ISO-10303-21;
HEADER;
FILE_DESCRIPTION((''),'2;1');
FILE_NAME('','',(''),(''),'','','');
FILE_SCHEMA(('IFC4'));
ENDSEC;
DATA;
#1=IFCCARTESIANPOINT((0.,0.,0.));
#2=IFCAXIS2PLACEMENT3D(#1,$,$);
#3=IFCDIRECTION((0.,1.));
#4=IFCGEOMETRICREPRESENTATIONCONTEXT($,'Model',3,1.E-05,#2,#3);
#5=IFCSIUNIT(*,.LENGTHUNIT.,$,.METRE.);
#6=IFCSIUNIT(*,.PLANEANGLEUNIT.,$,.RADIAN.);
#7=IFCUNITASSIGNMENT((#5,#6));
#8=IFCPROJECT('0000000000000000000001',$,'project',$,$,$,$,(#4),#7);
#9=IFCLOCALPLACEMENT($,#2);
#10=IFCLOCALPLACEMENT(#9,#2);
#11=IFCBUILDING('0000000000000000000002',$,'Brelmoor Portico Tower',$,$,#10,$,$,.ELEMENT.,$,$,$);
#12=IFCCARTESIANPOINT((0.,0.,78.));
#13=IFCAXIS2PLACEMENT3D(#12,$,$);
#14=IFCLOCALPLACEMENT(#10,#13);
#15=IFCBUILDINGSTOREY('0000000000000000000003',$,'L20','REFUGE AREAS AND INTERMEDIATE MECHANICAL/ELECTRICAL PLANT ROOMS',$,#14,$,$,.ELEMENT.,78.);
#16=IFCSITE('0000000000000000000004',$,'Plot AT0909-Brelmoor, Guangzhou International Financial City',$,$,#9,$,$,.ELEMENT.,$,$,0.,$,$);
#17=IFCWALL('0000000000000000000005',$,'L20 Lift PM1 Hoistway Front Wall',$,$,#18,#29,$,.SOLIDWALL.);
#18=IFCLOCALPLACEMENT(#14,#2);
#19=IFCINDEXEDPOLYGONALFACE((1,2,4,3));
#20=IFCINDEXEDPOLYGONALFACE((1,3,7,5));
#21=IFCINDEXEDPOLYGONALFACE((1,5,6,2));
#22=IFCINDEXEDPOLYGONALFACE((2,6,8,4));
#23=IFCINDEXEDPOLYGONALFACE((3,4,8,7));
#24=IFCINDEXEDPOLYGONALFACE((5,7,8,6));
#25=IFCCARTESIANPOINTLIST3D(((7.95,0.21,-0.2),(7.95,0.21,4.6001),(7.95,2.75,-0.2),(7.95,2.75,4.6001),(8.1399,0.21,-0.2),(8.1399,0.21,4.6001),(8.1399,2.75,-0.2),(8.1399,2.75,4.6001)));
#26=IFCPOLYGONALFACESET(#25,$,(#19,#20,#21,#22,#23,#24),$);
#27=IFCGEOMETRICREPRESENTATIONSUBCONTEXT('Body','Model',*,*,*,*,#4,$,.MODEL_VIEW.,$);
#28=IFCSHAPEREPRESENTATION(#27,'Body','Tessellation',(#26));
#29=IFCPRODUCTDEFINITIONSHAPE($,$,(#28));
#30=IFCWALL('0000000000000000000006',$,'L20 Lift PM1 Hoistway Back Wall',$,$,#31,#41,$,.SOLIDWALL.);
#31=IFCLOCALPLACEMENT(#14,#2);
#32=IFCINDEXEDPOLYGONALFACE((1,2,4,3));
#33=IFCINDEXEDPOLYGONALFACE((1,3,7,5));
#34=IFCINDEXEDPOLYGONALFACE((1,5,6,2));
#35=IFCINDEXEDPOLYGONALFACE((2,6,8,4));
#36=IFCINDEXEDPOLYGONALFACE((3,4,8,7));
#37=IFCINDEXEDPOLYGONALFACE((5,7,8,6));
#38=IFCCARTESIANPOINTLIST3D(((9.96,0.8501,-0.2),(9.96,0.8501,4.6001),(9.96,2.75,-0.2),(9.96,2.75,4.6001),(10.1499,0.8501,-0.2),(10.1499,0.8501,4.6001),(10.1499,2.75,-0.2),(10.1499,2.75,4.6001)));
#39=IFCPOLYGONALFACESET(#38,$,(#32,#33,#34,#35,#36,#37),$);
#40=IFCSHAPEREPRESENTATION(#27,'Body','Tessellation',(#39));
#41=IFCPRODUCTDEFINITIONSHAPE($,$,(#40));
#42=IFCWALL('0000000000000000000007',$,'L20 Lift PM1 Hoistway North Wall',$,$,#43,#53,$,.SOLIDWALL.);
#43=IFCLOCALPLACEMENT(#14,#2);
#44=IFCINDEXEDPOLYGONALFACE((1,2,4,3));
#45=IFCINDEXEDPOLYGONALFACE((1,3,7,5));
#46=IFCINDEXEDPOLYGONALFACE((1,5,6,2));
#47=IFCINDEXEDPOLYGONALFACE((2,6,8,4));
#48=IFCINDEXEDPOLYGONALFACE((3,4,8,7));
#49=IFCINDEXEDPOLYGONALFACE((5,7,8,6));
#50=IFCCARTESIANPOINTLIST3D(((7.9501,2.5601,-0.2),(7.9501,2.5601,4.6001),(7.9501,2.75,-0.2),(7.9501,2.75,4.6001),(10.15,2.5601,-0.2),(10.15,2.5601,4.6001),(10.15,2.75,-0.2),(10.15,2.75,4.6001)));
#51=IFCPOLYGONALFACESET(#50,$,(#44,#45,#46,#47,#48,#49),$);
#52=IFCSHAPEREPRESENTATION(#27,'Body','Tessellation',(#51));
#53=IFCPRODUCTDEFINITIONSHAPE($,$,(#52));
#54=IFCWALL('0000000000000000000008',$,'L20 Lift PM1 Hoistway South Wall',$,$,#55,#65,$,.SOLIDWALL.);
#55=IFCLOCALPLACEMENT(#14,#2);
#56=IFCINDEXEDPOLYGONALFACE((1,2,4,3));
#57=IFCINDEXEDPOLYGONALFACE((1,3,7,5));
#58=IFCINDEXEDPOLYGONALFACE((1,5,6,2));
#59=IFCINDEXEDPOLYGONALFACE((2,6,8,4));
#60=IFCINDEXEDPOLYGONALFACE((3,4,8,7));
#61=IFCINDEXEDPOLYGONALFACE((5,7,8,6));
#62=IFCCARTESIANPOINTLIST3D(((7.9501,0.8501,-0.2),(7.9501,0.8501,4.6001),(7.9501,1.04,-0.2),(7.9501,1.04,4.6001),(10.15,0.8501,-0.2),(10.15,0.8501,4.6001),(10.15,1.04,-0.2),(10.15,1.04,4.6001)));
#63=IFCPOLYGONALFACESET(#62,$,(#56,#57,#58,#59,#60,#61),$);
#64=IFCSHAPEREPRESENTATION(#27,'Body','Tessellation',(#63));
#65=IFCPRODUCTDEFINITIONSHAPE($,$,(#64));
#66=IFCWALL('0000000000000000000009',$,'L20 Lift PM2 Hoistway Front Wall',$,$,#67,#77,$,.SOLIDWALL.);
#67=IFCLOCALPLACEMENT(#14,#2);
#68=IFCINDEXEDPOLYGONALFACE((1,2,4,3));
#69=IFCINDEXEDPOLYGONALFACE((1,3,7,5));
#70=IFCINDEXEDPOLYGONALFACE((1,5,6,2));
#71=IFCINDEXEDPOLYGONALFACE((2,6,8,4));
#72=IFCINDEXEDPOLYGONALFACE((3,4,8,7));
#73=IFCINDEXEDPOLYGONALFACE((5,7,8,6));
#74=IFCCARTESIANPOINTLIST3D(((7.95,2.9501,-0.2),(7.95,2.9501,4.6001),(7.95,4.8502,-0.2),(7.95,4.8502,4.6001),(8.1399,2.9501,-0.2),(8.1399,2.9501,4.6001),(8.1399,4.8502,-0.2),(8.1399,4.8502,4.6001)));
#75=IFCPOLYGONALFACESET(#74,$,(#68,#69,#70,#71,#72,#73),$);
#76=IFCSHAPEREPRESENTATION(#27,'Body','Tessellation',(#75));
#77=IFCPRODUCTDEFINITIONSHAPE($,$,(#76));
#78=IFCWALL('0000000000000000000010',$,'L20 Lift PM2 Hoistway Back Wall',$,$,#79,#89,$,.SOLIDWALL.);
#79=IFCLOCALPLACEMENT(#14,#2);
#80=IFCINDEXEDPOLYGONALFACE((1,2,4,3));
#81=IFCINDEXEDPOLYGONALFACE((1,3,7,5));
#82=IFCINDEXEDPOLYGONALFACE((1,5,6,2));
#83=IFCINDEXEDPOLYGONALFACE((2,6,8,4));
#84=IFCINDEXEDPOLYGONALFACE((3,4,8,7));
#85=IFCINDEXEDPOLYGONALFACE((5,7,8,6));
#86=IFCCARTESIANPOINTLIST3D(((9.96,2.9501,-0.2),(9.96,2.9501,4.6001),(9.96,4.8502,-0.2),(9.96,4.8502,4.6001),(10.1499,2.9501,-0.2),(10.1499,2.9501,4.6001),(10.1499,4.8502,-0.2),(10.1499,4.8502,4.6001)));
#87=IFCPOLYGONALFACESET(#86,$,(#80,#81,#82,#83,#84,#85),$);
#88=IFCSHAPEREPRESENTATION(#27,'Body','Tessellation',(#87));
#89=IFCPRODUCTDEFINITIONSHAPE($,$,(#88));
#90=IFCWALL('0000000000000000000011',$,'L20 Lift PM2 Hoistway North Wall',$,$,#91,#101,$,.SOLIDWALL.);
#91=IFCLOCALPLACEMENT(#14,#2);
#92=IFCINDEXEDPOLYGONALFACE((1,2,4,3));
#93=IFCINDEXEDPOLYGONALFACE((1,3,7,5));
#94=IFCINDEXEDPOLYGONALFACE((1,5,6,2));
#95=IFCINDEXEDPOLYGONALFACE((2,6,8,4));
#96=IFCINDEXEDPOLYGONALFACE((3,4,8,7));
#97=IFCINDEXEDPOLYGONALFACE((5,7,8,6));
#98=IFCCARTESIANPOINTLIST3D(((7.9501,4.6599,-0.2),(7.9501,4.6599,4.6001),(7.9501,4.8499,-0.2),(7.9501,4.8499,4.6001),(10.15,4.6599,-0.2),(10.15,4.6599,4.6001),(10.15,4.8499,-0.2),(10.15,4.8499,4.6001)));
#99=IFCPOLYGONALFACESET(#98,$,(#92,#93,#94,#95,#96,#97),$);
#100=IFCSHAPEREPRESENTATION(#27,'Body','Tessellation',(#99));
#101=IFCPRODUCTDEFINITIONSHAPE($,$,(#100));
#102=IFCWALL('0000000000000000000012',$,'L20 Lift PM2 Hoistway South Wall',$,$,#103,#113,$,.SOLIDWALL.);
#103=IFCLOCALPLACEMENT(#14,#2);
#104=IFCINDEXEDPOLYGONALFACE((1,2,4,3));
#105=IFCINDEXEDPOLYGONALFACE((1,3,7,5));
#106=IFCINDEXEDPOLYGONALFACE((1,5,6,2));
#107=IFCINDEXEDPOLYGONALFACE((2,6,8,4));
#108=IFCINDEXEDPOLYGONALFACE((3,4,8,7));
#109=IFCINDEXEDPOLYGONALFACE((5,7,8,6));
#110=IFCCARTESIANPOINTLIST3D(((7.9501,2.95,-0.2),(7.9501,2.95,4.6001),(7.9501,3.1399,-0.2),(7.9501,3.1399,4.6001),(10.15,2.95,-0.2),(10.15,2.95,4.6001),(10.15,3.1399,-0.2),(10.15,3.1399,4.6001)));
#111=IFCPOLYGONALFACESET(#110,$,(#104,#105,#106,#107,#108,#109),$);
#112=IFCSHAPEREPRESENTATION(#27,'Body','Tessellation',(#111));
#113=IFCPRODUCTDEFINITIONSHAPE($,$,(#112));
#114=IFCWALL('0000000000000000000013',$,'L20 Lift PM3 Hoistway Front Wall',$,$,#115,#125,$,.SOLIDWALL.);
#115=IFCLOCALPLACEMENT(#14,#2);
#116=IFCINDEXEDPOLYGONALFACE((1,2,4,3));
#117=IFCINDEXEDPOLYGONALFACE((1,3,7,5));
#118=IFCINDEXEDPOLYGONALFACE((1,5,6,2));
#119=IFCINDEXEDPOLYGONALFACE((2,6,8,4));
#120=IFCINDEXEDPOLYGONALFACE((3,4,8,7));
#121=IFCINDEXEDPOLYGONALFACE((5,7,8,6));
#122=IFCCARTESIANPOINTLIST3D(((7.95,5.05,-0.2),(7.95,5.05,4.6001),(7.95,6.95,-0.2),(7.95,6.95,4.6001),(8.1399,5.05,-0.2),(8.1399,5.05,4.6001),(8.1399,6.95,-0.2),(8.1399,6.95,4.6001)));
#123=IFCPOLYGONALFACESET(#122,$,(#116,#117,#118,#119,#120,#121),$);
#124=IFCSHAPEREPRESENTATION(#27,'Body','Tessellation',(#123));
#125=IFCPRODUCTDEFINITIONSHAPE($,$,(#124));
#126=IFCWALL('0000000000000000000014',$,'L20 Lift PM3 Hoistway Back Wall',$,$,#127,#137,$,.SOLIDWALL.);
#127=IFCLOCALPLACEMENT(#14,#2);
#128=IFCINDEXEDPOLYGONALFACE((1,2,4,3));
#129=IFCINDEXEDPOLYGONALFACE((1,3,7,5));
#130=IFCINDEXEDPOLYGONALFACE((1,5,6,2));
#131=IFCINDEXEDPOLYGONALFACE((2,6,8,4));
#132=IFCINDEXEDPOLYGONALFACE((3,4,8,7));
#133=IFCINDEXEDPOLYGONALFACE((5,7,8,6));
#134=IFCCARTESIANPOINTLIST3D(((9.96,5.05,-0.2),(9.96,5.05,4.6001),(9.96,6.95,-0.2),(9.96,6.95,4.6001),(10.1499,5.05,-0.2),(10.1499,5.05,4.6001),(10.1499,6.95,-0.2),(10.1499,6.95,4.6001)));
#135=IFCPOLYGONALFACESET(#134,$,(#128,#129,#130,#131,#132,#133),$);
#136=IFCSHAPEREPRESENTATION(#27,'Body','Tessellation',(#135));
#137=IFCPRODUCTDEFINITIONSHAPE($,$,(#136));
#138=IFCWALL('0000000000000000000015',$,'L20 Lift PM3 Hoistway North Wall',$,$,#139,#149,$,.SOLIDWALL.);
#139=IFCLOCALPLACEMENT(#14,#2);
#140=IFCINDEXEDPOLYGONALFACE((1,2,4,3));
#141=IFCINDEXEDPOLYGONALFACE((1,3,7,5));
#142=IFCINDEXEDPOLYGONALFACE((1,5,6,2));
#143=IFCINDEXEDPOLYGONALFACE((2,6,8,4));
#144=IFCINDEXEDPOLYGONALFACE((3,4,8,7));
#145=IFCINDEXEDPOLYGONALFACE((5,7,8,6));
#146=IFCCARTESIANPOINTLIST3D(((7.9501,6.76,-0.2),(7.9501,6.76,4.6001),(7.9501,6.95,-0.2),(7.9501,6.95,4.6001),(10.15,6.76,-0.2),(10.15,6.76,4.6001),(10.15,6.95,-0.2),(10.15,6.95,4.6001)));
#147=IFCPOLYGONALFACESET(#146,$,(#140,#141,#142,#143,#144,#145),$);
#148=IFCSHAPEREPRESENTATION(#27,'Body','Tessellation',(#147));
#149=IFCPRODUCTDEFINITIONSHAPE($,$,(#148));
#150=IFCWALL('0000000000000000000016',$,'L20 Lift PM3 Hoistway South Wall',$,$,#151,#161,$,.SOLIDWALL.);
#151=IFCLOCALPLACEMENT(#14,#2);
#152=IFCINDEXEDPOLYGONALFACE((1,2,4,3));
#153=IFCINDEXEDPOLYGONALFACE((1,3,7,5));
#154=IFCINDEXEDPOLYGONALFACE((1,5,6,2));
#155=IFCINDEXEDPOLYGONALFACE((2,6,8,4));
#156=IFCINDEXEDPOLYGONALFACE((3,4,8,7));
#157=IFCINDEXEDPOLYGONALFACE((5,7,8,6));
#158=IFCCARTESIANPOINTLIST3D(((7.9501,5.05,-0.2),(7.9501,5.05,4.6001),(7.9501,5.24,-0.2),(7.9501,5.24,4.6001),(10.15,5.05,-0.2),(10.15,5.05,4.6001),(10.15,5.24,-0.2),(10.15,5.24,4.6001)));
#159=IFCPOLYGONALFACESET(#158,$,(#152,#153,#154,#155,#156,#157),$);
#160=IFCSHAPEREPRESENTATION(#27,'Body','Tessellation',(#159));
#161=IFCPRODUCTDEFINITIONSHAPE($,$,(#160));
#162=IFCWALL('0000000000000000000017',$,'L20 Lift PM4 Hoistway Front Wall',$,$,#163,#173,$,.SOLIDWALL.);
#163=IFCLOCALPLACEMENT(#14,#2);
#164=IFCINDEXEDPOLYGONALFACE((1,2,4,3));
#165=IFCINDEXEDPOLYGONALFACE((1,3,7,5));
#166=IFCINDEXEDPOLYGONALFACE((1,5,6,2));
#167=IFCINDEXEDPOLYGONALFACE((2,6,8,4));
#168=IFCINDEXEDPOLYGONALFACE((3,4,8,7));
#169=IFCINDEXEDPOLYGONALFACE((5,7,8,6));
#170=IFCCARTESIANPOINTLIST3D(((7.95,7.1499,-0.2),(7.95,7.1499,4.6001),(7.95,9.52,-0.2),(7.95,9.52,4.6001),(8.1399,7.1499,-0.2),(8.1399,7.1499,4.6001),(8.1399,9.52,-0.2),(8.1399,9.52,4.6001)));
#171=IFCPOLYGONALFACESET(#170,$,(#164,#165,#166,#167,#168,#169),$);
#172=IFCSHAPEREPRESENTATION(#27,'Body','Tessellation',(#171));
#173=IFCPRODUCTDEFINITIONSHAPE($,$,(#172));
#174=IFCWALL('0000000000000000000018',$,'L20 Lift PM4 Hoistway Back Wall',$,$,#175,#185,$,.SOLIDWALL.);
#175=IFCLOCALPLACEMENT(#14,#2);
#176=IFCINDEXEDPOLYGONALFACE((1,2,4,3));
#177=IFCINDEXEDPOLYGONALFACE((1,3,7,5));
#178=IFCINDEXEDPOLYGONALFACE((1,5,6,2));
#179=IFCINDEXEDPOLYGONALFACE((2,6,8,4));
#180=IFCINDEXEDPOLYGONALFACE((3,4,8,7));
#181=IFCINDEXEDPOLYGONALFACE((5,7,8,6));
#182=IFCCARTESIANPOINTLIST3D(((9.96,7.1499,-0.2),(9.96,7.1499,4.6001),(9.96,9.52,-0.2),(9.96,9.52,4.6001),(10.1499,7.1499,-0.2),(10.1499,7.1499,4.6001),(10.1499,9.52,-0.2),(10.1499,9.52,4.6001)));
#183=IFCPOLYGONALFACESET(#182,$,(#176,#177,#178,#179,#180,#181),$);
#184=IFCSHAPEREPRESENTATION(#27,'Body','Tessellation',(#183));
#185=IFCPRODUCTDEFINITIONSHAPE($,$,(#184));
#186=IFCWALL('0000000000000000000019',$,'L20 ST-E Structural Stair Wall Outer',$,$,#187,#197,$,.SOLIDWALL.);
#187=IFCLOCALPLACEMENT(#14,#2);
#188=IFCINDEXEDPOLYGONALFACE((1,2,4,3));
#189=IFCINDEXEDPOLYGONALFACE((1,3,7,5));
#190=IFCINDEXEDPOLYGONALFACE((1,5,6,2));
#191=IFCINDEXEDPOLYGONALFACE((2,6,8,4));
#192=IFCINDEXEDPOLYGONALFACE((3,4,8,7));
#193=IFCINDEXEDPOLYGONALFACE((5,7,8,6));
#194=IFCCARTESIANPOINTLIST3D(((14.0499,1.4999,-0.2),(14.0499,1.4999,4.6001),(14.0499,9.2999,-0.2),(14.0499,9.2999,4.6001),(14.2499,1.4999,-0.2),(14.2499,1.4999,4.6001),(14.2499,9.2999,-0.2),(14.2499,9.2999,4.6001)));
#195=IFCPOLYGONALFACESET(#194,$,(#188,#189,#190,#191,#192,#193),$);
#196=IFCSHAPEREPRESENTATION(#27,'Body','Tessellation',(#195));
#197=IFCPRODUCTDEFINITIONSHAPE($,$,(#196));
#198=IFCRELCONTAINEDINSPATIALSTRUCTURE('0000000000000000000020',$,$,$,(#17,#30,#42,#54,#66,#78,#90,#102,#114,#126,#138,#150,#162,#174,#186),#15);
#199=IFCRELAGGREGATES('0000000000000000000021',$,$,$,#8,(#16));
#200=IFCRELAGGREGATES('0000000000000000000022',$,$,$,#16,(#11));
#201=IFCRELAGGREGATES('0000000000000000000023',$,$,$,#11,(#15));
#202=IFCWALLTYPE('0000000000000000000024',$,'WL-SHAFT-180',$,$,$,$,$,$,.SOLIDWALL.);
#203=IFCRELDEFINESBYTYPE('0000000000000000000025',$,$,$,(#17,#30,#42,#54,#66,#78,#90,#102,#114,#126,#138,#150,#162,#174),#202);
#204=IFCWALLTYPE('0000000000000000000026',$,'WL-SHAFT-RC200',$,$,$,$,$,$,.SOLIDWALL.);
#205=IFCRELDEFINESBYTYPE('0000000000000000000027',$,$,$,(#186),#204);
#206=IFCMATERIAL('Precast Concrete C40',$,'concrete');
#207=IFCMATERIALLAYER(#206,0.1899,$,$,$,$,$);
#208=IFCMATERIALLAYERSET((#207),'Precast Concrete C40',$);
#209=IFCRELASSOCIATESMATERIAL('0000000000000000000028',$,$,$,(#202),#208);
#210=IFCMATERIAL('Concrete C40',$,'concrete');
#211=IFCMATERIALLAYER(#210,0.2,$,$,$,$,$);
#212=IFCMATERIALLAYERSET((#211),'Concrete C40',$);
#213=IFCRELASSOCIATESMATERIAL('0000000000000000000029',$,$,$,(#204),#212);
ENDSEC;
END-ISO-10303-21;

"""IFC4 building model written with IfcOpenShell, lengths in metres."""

from ifc_helpers import new_model, si_unit, direction, frame, frame_2d, origin, place, context, subcontext, project, spatial, rectangle, extrude, material, layer, layer_set, type_object, element, save


model = new_model("IFC4")

# Units and contexts
model_context = context("Model", 3, precision=1e-05, world=origin(), true_north=direction((0.0, 1.0)))
body_context = subcontext(model_context, "Body", "Model", "MODEL_VIEW")
ifc_project = project(units=[si_unit("LENGTHUNIT", "METRE"), si_unit("PLANEANGLEUNIT", "RADIAN")], contexts=[model_context])

# Site, building, storey
site_placement = place(None, origin())
site = spatial("IfcSite", under=ifc_project, at=site_placement, Name="Plot AT0909-Brelmoor, Guangzhou International Financial City", CompositionType="ELEMENT", RefElevation=0.0)
building_placement = place(site_placement, origin())
building = spatial("IfcBuilding", under=site, at=building_placement, Name="Brelmoor Portico Tower", CompositionType="ELEMENT")
storey_placement = place(building_placement, frame((0.0, 0.0, 78.0)))
storey = spatial("IfcBuildingStorey", under=building, at=storey_placement, Name="L20", Description="REFUGE AREAS AND INTERMEDIATE MECHANICAL/ELECTRICAL PLANT ROOMS", CompositionType="ELEMENT", Elevation=78.0)

# Walls
ifc_material_1 = material(Name="Precast Concrete C40", Category="concrete")
ifc_layer_1 = layer(ifc_material_1, 0.1899)
ifc_layer_set_1 = layer_set([ifc_layer_1], Name="Precast Concrete C40")
wall_type_1 = type_object("IfcWallType", Name="WL-SHAFT-180", PredefinedType="SOLIDWALL", material=ifc_layer_set_1)
wall_1_placement = place(storey_placement, frame((8.0449, 0.21, -0.2), z_axis=(0.0, 0.0, 1.0), x_axis=(0.0, 1.0, 0.0)))
element("IfcWall", 1, at=wall_1_placement, inside=storey, type_object=wall_type_1, Name="L20 Lift PM1 Hoistway Front Wall", PredefinedType="SOLIDWALL", context=body_context, shape_type="SweptSolid", body=[
    extrude(rectangle(XDim=2.54, YDim=0.1899, at=frame_2d((1.27, 0.0))), origin(), (0.0, 0.0, 1.0), 4.8),
])
wall_2_placement = place(storey_placement, frame((10.0549, 0.8501, -0.2), z_axis=(0.0, 0.0, 1.0), x_axis=(0.0, 1.0, 0.0)))
element("IfcWall", 2, at=wall_2_placement, inside=storey, type_object=wall_type_1, Name="L20 Lift PM1 Hoistway Back Wall", PredefinedType="SOLIDWALL", context=body_context, shape_type="SweptSolid", body=[
    extrude(rectangle(XDim=1.8999, YDim=0.1899, at=frame_2d((0.95, 0.0))), origin(), (0.0, 0.0, 1.0), 4.8),
])
for number, where, z_axis, x_axis, name in (
    (3, (7.95, 2.655, -0.2), (0.0, 0.0, 1.0), (1.0, 0.0, 0.0), "L20 Lift PM1 Hoistway North Wall"),
    (4, (7.95, 0.9451, -0.2), (0.0, 0.0, 1.0), (1.0, 0.0, 0.0), "L20 Lift PM1 Hoistway South Wall"),
):
    element("IfcWall", number, at=place(storey_placement, frame(where, z_axis=z_axis, x_axis=x_axis)), inside=storey, type_object=wall_type_1, Name=name, PredefinedType="SOLIDWALL", context=body_context, shape_type="SweptSolid", body=[
        extrude(rectangle(XDim=2.2, YDim=0.1899, at=frame_2d((1.1001, 0.0))), origin(), (0.0, 0.0, 1.0), 4.8),
    ])
for number, where, z_axis, x_axis, name in (
    (5, (8.0449, 2.95, -0.2), (0.0, 0.0, 1.0), (0.0, 1.0, 0.0), "L20 Lift PM2 Hoistway Front Wall"),
    (6, (10.0549, 2.95, -0.2), (0.0, 0.0, 1.0), (0.0, 1.0, 0.0), "L20 Lift PM2 Hoistway Back Wall"),
):
    element("IfcWall", number, at=place(storey_placement, frame(where, z_axis=z_axis, x_axis=x_axis)), inside=storey, type_object=wall_type_1, Name=name, PredefinedType="SOLIDWALL", context=body_context, shape_type="SweptSolid", body=[
        extrude(rectangle(XDim=1.9001, YDim=0.1899, at=frame_2d((0.9502, 0.0))), origin(), (0.0, 0.0, 1.0), 4.8),
    ])
for number, where, z_axis, x_axis, name in (
    (7, (7.95, 4.7549, -0.2), (0.0, 0.0, 1.0), (1.0, 0.0, 0.0), "L20 Lift PM2 Hoistway North Wall"),
    (8, (7.95, 3.0449, -0.2), (0.0, 0.0, 1.0), (1.0, 0.0, 0.0), "L20 Lift PM2 Hoistway South Wall"),
):
    element("IfcWall", number, at=place(storey_placement, frame(where, z_axis=z_axis, x_axis=x_axis)), inside=storey, type_object=wall_type_1, Name=name, PredefinedType="SOLIDWALL", context=body_context, shape_type="SweptSolid", body=[
        extrude(rectangle(XDim=2.2, YDim=0.1899, at=frame_2d((1.1001, 0.0))), origin(), (0.0, 0.0, 1.0), 4.8),
    ])
for number, where, z_axis, x_axis, name in (
    (9, (8.0449, 5.05, -0.2), (0.0, 0.0, 1.0), (0.0, 1.0, 0.0), "L20 Lift PM3 Hoistway Front Wall"),
    (10, (10.0549, 5.05, -0.2), (0.0, 0.0, 1.0), (0.0, 1.0, 0.0), "L20 Lift PM3 Hoistway Back Wall"),
):
    element("IfcWall", number, at=place(storey_placement, frame(where, z_axis=z_axis, x_axis=x_axis)), inside=storey, type_object=wall_type_1, Name=name, PredefinedType="SOLIDWALL", context=body_context, shape_type="SweptSolid", body=[
        extrude(rectangle(XDim=1.8999, YDim=0.1899, at=frame_2d((0.95, 0.0))), origin(), (0.0, 0.0, 1.0), 4.8),
    ])
for number, where, z_axis, x_axis, name in (
    (11, (7.95, 6.855, -0.2), (0.0, 0.0, 1.0), (1.0, 0.0, 0.0), "L20 Lift PM3 Hoistway North Wall"),
    (12, (7.95, 5.145, -0.2), (0.0, 0.0, 1.0), (1.0, 0.0, 0.0), "L20 Lift PM3 Hoistway South Wall"),
):
    element("IfcWall", number, at=place(storey_placement, frame(where, z_axis=z_axis, x_axis=x_axis)), inside=storey, type_object=wall_type_1, Name=name, PredefinedType="SOLIDWALL", context=body_context, shape_type="SweptSolid", body=[
        extrude(rectangle(XDim=2.2, YDim=0.1899, at=frame_2d((1.1001, 0.0))), origin(), (0.0, 0.0, 1.0), 4.8),
    ])
for number, where, z_axis, x_axis, name in (
    (13, (8.0449, 7.1499, -0.2), (0.0, 0.0, 1.0), (0.0, 1.0, 0.0), "L20 Lift PM4 Hoistway Front Wall"),
    (14, (10.0549, 7.1499, -0.2), (0.0, 0.0, 1.0), (0.0, 1.0, 0.0), "L20 Lift PM4 Hoistway Back Wall"),
):
    element("IfcWall", number, at=place(storey_placement, frame(where, z_axis=z_axis, x_axis=x_axis)), inside=storey, type_object=wall_type_1, Name=name, PredefinedType="SOLIDWALL", context=body_context, shape_type="SweptSolid", body=[
        extrude(rectangle(XDim=2.3701, YDim=0.1899, at=frame_2d((1.1851, 0.0))), origin(), (0.0, 0.0, 1.0), 4.8),
    ])
ifc_material_2 = material(Name="Concrete C40", Category="concrete")
ifc_layer_2 = layer(ifc_material_2, 0.2)
ifc_layer_set_2 = layer_set([ifc_layer_2], Name="Concrete C40")
wall_type_2 = type_object("IfcWallType", Name="WL-SHAFT-RC200", PredefinedType="SOLIDWALL", material=ifc_layer_set_2)
wall_3_placement = place(storey_placement, frame((14.1499, 1.5, -0.2), z_axis=(0.0, 0.0, 1.0), x_axis=(0.0, 1.0, 0.0)))
element("IfcWall", 15, at=wall_3_placement, inside=storey, type_object=wall_type_2, Name="L20 ST-E Structural Stair Wall Outer", PredefinedType="SOLIDWALL", context=body_context, shape_type="SweptSolid", body=[
    extrude(rectangle(XDim=7.8, YDim=0.2, at=frame_2d((3.8999, 0.0))), origin(), (0.0, 0.0, 1.0), 4.8),
])

save(model, "model.ifc")
